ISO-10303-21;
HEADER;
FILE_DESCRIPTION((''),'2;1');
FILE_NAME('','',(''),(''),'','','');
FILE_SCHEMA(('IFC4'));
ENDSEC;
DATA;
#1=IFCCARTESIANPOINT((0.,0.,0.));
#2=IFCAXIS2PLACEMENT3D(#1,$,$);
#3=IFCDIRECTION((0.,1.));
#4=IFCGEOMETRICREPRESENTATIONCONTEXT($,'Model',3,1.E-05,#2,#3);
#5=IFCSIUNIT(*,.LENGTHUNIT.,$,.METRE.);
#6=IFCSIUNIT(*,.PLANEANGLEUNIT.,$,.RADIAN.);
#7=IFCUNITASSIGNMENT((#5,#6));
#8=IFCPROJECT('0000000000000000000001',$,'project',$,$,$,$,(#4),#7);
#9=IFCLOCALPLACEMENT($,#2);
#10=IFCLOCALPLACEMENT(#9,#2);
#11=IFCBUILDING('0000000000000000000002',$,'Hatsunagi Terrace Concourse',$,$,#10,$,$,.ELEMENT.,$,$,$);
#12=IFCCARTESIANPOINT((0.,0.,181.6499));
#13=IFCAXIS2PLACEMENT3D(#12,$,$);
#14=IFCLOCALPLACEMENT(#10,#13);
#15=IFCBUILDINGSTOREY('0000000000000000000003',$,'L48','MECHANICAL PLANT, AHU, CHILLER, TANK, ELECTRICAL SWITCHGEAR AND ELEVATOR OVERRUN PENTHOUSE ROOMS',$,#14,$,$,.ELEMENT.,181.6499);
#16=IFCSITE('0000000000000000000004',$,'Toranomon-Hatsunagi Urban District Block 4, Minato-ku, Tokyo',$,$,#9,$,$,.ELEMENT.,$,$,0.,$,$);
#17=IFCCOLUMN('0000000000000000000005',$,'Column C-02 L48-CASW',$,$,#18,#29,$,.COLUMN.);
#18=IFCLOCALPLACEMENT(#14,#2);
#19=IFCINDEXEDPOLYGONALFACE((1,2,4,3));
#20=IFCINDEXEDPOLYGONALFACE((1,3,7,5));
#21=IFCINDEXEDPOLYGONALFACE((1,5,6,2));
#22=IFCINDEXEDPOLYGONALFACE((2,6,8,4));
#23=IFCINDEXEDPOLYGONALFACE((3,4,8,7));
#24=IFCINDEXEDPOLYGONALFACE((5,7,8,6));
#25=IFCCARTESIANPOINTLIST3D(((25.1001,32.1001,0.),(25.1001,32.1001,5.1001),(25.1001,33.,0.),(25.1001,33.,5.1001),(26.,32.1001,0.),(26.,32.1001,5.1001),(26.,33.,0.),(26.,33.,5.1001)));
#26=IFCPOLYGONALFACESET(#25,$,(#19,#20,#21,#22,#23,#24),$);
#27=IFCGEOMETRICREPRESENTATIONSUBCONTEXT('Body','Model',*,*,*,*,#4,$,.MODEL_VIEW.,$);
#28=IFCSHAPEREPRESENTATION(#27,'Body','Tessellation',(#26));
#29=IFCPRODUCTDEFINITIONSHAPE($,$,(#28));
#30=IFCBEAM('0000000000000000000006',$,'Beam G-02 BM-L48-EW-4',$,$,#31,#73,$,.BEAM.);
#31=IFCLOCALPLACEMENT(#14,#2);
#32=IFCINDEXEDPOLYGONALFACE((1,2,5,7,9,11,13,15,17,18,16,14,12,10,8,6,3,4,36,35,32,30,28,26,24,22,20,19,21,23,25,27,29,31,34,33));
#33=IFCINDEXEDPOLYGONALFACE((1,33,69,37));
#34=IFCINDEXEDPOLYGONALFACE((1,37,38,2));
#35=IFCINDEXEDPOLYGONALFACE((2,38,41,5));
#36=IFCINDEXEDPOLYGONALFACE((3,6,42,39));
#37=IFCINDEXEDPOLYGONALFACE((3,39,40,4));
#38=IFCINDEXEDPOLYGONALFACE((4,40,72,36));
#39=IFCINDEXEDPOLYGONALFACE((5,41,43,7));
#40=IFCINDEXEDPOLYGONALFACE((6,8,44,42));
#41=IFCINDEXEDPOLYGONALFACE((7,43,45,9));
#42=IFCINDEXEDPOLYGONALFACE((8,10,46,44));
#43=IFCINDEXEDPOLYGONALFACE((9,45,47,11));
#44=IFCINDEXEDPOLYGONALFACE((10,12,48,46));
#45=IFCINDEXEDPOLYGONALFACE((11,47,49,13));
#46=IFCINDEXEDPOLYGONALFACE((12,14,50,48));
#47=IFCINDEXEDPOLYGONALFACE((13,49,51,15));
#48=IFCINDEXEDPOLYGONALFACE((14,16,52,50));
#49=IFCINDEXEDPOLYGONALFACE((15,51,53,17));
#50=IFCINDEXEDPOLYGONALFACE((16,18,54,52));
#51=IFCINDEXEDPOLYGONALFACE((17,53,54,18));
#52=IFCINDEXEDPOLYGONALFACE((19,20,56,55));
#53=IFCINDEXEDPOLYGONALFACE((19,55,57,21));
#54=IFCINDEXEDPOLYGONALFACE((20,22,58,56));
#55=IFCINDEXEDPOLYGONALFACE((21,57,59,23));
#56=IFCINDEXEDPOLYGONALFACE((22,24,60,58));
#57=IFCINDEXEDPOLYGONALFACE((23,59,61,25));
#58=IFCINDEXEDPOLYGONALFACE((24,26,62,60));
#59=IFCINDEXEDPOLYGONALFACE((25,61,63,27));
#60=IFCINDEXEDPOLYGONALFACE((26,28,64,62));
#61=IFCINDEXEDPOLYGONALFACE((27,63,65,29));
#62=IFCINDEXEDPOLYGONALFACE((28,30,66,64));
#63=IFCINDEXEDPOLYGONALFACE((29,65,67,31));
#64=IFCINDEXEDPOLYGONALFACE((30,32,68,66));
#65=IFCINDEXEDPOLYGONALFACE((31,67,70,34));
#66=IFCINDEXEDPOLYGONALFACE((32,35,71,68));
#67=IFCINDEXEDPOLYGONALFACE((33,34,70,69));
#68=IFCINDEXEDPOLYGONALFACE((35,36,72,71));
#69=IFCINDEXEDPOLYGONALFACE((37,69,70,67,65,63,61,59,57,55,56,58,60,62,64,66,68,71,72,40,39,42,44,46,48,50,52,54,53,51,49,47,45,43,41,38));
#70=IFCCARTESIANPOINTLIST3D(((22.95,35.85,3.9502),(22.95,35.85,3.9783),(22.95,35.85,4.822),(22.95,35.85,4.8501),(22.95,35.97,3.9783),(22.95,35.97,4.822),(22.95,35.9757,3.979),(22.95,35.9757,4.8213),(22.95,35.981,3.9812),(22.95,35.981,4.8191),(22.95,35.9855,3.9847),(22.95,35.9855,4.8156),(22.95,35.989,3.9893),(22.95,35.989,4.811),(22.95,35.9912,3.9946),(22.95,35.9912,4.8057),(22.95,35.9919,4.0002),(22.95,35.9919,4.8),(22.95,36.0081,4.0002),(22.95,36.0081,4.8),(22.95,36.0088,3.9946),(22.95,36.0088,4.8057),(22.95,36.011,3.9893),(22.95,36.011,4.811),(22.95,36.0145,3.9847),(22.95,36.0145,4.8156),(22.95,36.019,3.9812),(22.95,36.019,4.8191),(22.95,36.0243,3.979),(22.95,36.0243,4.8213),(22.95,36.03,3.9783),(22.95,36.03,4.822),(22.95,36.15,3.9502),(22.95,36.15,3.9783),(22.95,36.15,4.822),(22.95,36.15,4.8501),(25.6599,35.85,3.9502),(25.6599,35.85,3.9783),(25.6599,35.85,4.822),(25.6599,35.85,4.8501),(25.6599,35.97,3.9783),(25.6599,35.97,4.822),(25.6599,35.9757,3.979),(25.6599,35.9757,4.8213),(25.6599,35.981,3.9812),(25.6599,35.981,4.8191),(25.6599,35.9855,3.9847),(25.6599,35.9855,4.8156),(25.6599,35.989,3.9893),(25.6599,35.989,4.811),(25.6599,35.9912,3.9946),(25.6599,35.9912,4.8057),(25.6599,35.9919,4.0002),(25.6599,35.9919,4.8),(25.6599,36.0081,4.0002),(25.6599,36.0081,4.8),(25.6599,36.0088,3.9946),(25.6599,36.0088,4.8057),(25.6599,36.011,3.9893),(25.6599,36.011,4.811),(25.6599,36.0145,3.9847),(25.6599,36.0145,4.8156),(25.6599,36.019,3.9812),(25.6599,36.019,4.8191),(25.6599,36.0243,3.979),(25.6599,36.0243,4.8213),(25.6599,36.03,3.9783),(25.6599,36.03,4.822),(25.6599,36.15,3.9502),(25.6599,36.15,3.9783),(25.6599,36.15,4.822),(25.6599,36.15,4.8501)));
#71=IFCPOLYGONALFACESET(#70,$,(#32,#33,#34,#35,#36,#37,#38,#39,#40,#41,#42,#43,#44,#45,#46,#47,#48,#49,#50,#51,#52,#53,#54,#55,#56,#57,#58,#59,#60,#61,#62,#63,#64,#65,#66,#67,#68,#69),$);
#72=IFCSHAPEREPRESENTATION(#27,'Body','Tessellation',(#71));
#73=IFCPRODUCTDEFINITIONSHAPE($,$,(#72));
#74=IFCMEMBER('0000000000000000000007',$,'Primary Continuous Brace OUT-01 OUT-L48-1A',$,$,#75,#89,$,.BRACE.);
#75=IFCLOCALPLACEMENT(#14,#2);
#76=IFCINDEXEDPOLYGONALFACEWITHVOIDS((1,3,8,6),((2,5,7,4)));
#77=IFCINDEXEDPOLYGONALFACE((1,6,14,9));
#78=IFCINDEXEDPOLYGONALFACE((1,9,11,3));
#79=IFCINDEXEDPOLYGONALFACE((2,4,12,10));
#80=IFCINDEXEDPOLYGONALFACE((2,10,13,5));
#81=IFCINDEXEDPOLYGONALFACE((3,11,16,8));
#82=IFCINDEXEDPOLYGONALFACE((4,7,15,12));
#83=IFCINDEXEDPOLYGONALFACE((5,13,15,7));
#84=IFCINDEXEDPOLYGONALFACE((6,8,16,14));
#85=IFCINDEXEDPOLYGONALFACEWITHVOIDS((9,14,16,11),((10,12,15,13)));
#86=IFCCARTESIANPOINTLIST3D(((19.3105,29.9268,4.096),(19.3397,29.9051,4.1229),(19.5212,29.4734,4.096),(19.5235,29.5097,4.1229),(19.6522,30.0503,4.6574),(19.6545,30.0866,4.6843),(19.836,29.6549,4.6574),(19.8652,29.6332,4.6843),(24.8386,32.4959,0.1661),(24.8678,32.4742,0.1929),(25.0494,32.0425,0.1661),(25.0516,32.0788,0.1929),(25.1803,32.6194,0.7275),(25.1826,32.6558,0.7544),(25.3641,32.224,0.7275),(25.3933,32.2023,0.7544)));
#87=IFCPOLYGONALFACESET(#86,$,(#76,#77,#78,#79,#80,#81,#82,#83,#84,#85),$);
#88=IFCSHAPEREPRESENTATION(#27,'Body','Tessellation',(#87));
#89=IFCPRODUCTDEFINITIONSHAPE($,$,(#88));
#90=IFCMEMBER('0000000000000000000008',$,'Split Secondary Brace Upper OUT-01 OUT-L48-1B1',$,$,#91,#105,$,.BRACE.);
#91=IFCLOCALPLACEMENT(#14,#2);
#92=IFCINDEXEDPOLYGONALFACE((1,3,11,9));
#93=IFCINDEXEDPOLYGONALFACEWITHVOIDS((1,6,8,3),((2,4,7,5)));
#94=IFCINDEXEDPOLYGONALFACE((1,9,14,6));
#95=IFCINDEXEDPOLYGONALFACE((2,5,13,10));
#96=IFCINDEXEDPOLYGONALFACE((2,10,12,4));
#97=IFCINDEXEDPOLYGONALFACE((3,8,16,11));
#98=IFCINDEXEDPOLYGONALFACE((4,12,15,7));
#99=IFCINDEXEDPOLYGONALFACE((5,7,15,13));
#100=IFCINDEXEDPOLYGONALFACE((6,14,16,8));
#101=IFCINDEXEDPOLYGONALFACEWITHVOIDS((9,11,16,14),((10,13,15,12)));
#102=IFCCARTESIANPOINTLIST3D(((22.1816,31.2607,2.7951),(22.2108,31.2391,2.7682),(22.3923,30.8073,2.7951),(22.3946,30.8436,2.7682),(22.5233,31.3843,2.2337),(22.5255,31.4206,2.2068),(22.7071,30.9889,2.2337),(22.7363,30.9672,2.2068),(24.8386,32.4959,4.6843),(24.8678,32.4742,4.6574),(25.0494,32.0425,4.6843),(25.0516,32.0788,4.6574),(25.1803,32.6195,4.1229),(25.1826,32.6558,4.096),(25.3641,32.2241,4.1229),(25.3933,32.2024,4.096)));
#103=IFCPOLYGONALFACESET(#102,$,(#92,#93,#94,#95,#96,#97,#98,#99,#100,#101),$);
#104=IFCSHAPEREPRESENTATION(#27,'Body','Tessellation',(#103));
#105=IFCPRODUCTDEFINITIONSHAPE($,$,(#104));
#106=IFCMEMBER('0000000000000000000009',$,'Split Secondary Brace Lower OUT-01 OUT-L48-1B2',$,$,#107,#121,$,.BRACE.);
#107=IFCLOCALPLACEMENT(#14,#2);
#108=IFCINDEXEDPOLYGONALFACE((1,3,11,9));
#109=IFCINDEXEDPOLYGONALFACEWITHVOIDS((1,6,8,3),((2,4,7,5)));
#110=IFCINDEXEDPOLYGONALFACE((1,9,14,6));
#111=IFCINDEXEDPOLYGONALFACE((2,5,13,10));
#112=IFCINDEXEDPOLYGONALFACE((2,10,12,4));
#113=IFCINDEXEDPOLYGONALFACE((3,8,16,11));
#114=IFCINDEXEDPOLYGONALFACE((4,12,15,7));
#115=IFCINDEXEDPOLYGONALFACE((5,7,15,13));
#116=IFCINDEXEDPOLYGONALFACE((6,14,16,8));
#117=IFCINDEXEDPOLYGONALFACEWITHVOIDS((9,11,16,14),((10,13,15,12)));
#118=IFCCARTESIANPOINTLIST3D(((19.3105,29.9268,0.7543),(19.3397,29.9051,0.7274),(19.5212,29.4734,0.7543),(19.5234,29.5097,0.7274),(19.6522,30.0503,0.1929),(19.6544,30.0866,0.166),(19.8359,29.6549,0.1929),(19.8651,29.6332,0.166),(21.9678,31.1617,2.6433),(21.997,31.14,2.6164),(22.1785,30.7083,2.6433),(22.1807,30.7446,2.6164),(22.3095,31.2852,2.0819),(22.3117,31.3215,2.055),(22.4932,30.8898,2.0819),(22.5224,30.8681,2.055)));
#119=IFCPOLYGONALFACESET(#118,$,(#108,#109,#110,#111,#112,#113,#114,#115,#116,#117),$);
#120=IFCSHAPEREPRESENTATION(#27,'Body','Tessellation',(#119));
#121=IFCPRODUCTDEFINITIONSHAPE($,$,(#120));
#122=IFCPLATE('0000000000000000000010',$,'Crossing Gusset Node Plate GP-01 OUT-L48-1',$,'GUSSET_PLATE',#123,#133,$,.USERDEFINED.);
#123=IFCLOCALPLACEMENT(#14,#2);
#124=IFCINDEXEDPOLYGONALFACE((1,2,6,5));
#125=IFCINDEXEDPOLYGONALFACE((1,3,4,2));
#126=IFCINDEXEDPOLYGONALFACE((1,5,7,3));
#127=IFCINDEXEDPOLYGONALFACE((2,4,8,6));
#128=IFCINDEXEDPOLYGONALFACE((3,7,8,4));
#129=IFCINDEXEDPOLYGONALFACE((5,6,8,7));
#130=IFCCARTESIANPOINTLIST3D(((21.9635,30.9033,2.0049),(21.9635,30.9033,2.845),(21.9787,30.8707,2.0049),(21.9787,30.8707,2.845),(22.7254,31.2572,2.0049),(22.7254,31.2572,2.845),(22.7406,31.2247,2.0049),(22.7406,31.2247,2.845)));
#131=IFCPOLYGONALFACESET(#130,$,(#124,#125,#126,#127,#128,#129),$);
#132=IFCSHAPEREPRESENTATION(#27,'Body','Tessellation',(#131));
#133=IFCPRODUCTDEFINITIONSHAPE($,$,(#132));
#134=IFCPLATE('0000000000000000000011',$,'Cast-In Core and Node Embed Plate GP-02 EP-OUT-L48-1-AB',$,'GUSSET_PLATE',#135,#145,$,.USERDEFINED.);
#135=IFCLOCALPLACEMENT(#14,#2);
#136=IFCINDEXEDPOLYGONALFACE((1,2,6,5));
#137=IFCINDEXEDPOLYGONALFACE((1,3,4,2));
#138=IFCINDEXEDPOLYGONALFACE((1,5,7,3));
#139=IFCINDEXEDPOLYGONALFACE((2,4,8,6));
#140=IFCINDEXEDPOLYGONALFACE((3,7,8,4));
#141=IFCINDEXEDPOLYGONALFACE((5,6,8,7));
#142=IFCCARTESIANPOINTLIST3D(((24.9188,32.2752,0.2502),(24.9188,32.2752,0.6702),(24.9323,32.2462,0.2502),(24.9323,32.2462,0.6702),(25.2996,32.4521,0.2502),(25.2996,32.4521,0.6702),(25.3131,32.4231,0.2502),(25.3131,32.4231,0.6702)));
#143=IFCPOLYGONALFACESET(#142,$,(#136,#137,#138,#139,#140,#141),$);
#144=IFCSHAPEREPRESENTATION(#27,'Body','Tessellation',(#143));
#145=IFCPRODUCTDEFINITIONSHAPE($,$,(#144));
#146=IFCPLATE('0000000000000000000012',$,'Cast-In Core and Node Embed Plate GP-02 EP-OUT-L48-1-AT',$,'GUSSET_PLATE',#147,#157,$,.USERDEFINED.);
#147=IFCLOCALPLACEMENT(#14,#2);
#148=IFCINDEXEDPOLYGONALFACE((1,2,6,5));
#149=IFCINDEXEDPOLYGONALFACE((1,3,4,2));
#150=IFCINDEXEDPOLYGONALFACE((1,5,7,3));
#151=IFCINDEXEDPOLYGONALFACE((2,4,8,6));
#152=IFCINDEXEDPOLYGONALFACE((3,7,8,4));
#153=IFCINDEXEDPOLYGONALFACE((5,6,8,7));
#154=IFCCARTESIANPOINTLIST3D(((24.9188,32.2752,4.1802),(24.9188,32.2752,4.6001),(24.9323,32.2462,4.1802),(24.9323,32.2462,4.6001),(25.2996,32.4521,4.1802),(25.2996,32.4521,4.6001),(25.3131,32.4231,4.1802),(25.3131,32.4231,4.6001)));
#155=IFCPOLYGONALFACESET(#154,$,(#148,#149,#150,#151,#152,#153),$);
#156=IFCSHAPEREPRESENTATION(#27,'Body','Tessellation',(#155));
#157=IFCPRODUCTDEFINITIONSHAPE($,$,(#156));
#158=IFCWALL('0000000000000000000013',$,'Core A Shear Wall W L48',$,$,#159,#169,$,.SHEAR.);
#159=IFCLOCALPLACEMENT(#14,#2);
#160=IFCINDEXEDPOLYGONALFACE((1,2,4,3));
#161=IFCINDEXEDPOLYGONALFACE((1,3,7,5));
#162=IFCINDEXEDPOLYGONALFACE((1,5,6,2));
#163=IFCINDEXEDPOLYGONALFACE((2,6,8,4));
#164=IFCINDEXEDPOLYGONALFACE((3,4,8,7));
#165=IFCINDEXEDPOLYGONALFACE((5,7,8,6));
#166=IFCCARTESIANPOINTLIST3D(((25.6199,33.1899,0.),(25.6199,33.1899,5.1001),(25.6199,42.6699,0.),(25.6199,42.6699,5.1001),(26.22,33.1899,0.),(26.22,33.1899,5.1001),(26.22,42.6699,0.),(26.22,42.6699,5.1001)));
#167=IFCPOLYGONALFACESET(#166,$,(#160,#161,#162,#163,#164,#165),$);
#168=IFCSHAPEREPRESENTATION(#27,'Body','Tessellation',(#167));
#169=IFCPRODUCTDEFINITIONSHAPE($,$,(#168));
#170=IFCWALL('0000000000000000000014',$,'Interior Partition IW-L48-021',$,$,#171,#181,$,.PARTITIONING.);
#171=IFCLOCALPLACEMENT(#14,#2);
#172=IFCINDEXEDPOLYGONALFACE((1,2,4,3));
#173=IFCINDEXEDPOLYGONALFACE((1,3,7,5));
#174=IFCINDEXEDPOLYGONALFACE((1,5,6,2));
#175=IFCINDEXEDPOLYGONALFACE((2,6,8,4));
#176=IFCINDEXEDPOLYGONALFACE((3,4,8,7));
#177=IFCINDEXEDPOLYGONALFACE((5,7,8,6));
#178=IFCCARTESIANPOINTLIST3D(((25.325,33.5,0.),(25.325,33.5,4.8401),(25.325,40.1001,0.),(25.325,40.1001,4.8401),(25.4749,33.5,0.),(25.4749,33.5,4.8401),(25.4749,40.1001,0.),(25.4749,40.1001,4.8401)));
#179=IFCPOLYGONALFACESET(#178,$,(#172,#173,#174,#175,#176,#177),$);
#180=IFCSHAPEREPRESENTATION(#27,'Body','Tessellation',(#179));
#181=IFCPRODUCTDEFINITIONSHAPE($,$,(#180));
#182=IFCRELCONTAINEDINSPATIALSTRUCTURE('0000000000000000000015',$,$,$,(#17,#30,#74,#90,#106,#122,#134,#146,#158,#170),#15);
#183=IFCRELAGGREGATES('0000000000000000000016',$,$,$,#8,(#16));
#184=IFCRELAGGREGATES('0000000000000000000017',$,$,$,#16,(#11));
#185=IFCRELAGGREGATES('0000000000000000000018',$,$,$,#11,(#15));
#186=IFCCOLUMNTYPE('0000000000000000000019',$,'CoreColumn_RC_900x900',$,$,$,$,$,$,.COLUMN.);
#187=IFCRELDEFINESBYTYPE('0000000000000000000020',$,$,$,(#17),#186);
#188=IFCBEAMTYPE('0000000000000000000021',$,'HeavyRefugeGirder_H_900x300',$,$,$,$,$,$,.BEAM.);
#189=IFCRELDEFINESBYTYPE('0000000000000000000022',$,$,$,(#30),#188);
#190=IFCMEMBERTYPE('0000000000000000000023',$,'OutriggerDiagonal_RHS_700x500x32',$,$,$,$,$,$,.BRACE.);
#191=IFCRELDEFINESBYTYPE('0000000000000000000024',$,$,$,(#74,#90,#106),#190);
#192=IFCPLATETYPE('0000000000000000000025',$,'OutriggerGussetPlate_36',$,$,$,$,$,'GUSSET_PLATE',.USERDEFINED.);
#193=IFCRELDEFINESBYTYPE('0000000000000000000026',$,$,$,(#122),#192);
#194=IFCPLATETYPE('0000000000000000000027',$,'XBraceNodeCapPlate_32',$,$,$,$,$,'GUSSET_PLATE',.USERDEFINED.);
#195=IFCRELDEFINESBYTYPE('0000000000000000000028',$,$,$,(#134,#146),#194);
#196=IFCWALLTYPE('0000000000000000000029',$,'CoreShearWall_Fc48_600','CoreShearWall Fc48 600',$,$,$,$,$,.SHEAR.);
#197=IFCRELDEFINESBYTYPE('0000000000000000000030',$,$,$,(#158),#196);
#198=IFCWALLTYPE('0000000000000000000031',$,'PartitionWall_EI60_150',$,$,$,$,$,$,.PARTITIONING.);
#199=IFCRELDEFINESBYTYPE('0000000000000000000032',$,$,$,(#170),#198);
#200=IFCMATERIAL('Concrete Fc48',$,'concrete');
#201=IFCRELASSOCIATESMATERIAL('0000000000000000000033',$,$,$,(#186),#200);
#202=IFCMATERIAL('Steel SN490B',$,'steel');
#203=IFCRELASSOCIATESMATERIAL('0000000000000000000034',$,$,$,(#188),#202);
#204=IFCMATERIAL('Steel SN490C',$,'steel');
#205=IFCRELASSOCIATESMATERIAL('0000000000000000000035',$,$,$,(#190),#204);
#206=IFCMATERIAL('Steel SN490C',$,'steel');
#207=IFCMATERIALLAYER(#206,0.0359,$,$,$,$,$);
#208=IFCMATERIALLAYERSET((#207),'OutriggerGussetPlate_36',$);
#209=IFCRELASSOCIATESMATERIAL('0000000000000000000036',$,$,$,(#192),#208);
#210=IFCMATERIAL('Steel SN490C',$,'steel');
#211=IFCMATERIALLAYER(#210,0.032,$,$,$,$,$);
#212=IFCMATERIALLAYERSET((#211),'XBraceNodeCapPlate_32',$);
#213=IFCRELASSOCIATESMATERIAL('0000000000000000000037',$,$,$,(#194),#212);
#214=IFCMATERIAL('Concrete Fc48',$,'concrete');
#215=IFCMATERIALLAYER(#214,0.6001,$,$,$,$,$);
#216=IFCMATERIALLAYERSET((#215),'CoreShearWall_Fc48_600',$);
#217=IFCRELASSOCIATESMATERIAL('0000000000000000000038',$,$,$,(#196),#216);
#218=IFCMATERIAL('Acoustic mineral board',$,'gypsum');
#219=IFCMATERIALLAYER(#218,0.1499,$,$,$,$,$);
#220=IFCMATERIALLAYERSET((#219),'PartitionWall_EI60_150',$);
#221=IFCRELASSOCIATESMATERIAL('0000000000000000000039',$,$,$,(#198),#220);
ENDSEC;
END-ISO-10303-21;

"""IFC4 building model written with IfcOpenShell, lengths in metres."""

from ifc_helpers import new_model, si_unit, direction, frame, frame_2d, origin, origin_2d, place, context, subcontext, project, spatial, rectangle, hollow_rectangle, i_section, extrude, material, layer, layer_set, material_profile, profile_set, type_object, element, save


model = new_model("IFC4")

# Units and contexts
model_context = context("Model", 3, precision=1e-05, world=origin(), true_north=direction((0.0, 1.0)))
body_context = subcontext(model_context, "Body", "Model", "MODEL_VIEW")
ifc_project = project(units=[si_unit("LENGTHUNIT", "METRE"), si_unit("PLANEANGLEUNIT", "RADIAN")], contexts=[model_context])

# Site, building, storey
site_placement = place(None, origin())
site = spatial("IfcSite", under=ifc_project, at=site_placement, Name="Toranomon-Hatsunagi Urban District Block 4, Minato-ku, Tokyo", CompositionType="ELEMENT", RefElevation=0.0)
building_placement = place(site_placement, origin())
building = spatial("IfcBuilding", under=site, at=building_placement, Name="Hatsunagi Terrace Concourse", CompositionType="ELEMENT")
storey_placement = place(building_placement, frame((0.0, 0.0, 181.6499)))
storey = spatial("IfcBuildingStorey", under=building, at=storey_placement, Name="L48", Description="MECHANICAL PLANT, AHU, CHILLER, TANK, ELECTRICAL SWITCHGEAR AND ELEVATOR OVERRUN PENTHOUSE ROOMS", CompositionType="ELEMENT", Elevation=181.6499)

# Column
ifc_material_1 = material(Name="Concrete Fc48", Category="concrete")
ifc_material_profile_1 = material_profile(ifc_material_1, rectangle(XDim=0.8999, YDim=0.8999, at=origin_2d()), Name="RC-900x900")
ifc_profile_set_1 = profile_set([ifc_material_profile_1], Name="Concrete Fc48")
column_type = type_object("IfcColumnType", Name="CoreColumn_RC_900x900", PredefinedType="COLUMN", material=ifc_profile_set_1)
column_placement = place(storey_placement, frame((25.55, 32.55, 0.0), z_axis=(0.0, 0.0, 1.0), x_axis=(1.0, 0.0, 0.0)))
element("IfcColumn", 1, at=column_placement, inside=storey, type_object=column_type, Name="Column C-02 L48-CASW", PredefinedType="COLUMN", context=body_context, shape_type="SweptSolid", body=[
    extrude(rectangle(XDim=0.8999, YDim=0.8999, at=origin_2d()), origin(), (0.0, 0.0, 1.0), 5.1001),
])

# Beam
ifc_material_2 = material(Name="Steel SN490B", Category="steel")
ifc_material_profile_2 = material_profile(ifc_material_2, i_section(OverallWidth=0.3, OverallDepth=0.8999, WebThickness=0.0161, FlangeThickness=0.0281, FilletRadius=0.022, at=origin_2d()), Name="H-900x300x16x28")
ifc_profile_set_2 = profile_set([ifc_material_profile_2], Name="Steel SN490B")
beam_type = type_object("IfcBeamType", Name="HeavyRefugeGirder_H_900x300", PredefinedType="BEAM", material=ifc_profile_set_2)
beam_placement = place(storey_placement, frame((22.95, 36.0, 4.4001), z_axis=(1.0, 0.0, 0.0), x_axis=(0.0, 1.0, 0.0)))
element("IfcBeam", 2, at=beam_placement, inside=storey, type_object=beam_type, Name="Beam G-02 BM-L48-EW-4", PredefinedType="BEAM", context=body_context, shape_type="SweptSolid", body=[
    extrude(i_section(OverallWidth=0.3, OverallDepth=0.8999, WebThickness=0.0161, FlangeThickness=0.0281, FilletRadius=0.022, at=origin_2d()), origin(), (0.0, 0.0, 1.0), 2.71),
])

# Members
ifc_material_3 = material(Name="Steel SN490C", Category="steel")
ifc_material_profile_3 = material_profile(ifc_material_3, hollow_rectangle(XDim=0.5, YDim=0.7, WallThickness=0.032, at=origin_2d()), Name="RHS-700x500x32")
ifc_profile_set_3 = profile_set([ifc_material_profile_3], Name="Steel SN490C")
member_type = type_object("IfcMemberType", Name="OutriggerDiagonal_RHS_700x500x32", PredefinedType="BRACE", material=ifc_profile_set_3)
member_placement = place(storey_placement, frame((25.116, 32.3491, 0.4602), z_axis=(-0.762191, -0.354217, 0.541845), x_axis=(0.421447, -0.906853, 0.0)))
element("IfcMember", 3, at=member_placement, inside=storey, type_object=member_type, Name="Primary Continuous Brace OUT-01 OUT-L48-1A", PredefinedType="BRACE", context=body_context, shape_type="SweptSolid", body=[
    extrude(hollow_rectangle(XDim=0.5, YDim=0.7, WallThickness=0.032, at=origin_2d()), origin(), (0.0, 0.0, 1.0), 7.2529),
])
for number, where, z_axis, x_axis, name in (
    (4, (25.116, 32.3491, 4.3901), (-0.762131, -0.354279, -0.541888), (0.421535, -0.906812, 0.0), "Split Secondary Brace Upper OUT-01 OUT-L48-1B1"),
    (5, (22.2451, 31.0149, 2.3491), (-0.762208, -0.354212, -0.541823), (0.421434, -0.906859, 0.0), "Split Secondary Brace Lower OUT-01 OUT-L48-1B2"),
):
    element("IfcMember", number, at=place(storey_placement, frame(where, z_axis=z_axis, x_axis=x_axis)), inside=storey, type_object=member_type, Name=name, PredefinedType="BRACE", context=body_context, shape_type="SweptSolid", body=[
        extrude(hollow_rectangle(XDim=0.5, YDim=0.7, WallThickness=0.032, at=origin_2d()), origin(), (0.0, 0.0, 1.0), 3.4863),
    ])

# Plates
ifc_material_4 = material(Name="Steel SN490C", Category="steel")
ifc_layer_1 = layer(ifc_material_4, 0.0359)
ifc_layer_set_1 = layer_set([ifc_layer_1], Name="OutriggerGussetPlate_36")
plate_type_1 = type_object("IfcPlateType", Name="OutriggerGussetPlate_36", ElementType="GUSSET_PLATE", PredefinedType="USERDEFINED", material=ifc_layer_set_1)
plate_placement = place(storey_placement, frame((22.3521, 31.064, 2.0049), z_axis=(0.0, 0.0, 1.0), x_axis=(-0.906912, -0.421321, 0.0)))
element("IfcPlate", 6, at=plate_placement, inside=storey, type_object=plate_type_1, Name="Crossing Gusset Node Plate GP-01 OUT-L48-1", ObjectType="GUSSET_PLATE", PredefinedType="USERDEFINED", context=body_context, shape_type="SweptSolid", body=[
    extrude(rectangle(XDim=0.8401, YDim=0.0359, at=origin_2d()), origin(), (0.0, 0.0, 1.0), 0.8401),
])
ifc_material_5 = material(Name="Steel SN490C", Category="steel")
ifc_layer_2 = layer(ifc_material_5, 0.032)
ifc_layer_set_2 = layer_set([ifc_layer_2], Name="XBraceNodeCapPlate_32")
plate_type_2 = type_object("IfcPlateType", Name="XBraceNodeCapPlate_32", ElementType="GUSSET_PLATE", PredefinedType="USERDEFINED", material=ifc_layer_set_2)
for number, where, z_axis, x_axis, name in (
    (7, (25.116, 32.3491, 0.2502), (0.0, 0.0, 1.0), (-0.906912, -0.421321, 0.0), "Cast-In Core and Node Embed Plate GP-02 EP-OUT-L48-1-AB"),
    (8, (25.116, 32.3491, 4.1802), (0.0, 0.0, 1.0), (-0.906912, -0.421321, 0.0), "Cast-In Core and Node Embed Plate GP-02 EP-OUT-L48-1-AT"),
):
    element("IfcPlate", number, at=place(storey_placement, frame(where, z_axis=z_axis, x_axis=x_axis)), inside=storey, type_object=plate_type_2, Name=name, ObjectType="GUSSET_PLATE", PredefinedType="USERDEFINED", context=body_context, shape_type="SweptSolid", body=[
        extrude(rectangle(XDim=0.4199, YDim=0.032, at=origin_2d()), origin(), (0.0, 0.0, 1.0), 0.4199),
    ])

# Shared definitions
ifc_material_6 = material(Name="Concrete Fc48", Category="concrete")
ifc_layer_3 = layer(ifc_material_6, 0.6001)
ifc_layer_set_3 = layer_set([ifc_layer_3], Name="CoreShearWall_Fc48_600")
wall_type_1 = type_object("IfcWallType", Name="CoreShearWall_Fc48_600", Description="CoreShearWall Fc48 600", PredefinedType="SHEAR", material=ifc_layer_set_3)

# Walls
wall_1_placement = place(storey_placement, frame((25.9199, 33.1899, 0.0), z_axis=(0.0, 0.0, 1.0), x_axis=(0.0, 1.0, 0.0)))
element("IfcWall", 9, at=wall_1_placement, inside=storey, type_object=wall_type_1, Name="Core A Shear Wall W L48", PredefinedType="SHEAR", context=body_context, shape_type="SweptSolid", body=[
    extrude(rectangle(XDim=9.48, YDim=0.6001, at=frame_2d((4.74, 0.0))), origin(), (0.0, 0.0, 1.0), 5.1001),
])
ifc_material_7 = material(Name="Acoustic mineral board", Category="gypsum")
ifc_layer_4 = layer(ifc_material_7, 0.1499)
ifc_layer_set_4 = layer_set([ifc_layer_4], Name="PartitionWall_EI60_150")
wall_type_2 = type_object("IfcWallType", Name="PartitionWall_EI60_150", PredefinedType="PARTITIONING", material=ifc_layer_set_4)
wall_2_placement = place(storey_placement, frame((25.3999, 33.5, 0.0), z_axis=(0.0, 0.0, 1.0), x_axis=(0.0, 1.0, 0.0)))
element("IfcWall", 10, at=wall_2_placement, inside=storey, type_object=wall_type_2, Name="Interior Partition IW-L48-021", PredefinedType="PARTITIONING", context=body_context, shape_type="SweptSolid", body=[
    extrude(rectangle(XDim=6.6001, YDim=0.1499, at=frame_2d((3.3, 0.0))), origin(), (0.0, 0.0, 1.0), 4.8401),
])

save(model, "model.ifc")
